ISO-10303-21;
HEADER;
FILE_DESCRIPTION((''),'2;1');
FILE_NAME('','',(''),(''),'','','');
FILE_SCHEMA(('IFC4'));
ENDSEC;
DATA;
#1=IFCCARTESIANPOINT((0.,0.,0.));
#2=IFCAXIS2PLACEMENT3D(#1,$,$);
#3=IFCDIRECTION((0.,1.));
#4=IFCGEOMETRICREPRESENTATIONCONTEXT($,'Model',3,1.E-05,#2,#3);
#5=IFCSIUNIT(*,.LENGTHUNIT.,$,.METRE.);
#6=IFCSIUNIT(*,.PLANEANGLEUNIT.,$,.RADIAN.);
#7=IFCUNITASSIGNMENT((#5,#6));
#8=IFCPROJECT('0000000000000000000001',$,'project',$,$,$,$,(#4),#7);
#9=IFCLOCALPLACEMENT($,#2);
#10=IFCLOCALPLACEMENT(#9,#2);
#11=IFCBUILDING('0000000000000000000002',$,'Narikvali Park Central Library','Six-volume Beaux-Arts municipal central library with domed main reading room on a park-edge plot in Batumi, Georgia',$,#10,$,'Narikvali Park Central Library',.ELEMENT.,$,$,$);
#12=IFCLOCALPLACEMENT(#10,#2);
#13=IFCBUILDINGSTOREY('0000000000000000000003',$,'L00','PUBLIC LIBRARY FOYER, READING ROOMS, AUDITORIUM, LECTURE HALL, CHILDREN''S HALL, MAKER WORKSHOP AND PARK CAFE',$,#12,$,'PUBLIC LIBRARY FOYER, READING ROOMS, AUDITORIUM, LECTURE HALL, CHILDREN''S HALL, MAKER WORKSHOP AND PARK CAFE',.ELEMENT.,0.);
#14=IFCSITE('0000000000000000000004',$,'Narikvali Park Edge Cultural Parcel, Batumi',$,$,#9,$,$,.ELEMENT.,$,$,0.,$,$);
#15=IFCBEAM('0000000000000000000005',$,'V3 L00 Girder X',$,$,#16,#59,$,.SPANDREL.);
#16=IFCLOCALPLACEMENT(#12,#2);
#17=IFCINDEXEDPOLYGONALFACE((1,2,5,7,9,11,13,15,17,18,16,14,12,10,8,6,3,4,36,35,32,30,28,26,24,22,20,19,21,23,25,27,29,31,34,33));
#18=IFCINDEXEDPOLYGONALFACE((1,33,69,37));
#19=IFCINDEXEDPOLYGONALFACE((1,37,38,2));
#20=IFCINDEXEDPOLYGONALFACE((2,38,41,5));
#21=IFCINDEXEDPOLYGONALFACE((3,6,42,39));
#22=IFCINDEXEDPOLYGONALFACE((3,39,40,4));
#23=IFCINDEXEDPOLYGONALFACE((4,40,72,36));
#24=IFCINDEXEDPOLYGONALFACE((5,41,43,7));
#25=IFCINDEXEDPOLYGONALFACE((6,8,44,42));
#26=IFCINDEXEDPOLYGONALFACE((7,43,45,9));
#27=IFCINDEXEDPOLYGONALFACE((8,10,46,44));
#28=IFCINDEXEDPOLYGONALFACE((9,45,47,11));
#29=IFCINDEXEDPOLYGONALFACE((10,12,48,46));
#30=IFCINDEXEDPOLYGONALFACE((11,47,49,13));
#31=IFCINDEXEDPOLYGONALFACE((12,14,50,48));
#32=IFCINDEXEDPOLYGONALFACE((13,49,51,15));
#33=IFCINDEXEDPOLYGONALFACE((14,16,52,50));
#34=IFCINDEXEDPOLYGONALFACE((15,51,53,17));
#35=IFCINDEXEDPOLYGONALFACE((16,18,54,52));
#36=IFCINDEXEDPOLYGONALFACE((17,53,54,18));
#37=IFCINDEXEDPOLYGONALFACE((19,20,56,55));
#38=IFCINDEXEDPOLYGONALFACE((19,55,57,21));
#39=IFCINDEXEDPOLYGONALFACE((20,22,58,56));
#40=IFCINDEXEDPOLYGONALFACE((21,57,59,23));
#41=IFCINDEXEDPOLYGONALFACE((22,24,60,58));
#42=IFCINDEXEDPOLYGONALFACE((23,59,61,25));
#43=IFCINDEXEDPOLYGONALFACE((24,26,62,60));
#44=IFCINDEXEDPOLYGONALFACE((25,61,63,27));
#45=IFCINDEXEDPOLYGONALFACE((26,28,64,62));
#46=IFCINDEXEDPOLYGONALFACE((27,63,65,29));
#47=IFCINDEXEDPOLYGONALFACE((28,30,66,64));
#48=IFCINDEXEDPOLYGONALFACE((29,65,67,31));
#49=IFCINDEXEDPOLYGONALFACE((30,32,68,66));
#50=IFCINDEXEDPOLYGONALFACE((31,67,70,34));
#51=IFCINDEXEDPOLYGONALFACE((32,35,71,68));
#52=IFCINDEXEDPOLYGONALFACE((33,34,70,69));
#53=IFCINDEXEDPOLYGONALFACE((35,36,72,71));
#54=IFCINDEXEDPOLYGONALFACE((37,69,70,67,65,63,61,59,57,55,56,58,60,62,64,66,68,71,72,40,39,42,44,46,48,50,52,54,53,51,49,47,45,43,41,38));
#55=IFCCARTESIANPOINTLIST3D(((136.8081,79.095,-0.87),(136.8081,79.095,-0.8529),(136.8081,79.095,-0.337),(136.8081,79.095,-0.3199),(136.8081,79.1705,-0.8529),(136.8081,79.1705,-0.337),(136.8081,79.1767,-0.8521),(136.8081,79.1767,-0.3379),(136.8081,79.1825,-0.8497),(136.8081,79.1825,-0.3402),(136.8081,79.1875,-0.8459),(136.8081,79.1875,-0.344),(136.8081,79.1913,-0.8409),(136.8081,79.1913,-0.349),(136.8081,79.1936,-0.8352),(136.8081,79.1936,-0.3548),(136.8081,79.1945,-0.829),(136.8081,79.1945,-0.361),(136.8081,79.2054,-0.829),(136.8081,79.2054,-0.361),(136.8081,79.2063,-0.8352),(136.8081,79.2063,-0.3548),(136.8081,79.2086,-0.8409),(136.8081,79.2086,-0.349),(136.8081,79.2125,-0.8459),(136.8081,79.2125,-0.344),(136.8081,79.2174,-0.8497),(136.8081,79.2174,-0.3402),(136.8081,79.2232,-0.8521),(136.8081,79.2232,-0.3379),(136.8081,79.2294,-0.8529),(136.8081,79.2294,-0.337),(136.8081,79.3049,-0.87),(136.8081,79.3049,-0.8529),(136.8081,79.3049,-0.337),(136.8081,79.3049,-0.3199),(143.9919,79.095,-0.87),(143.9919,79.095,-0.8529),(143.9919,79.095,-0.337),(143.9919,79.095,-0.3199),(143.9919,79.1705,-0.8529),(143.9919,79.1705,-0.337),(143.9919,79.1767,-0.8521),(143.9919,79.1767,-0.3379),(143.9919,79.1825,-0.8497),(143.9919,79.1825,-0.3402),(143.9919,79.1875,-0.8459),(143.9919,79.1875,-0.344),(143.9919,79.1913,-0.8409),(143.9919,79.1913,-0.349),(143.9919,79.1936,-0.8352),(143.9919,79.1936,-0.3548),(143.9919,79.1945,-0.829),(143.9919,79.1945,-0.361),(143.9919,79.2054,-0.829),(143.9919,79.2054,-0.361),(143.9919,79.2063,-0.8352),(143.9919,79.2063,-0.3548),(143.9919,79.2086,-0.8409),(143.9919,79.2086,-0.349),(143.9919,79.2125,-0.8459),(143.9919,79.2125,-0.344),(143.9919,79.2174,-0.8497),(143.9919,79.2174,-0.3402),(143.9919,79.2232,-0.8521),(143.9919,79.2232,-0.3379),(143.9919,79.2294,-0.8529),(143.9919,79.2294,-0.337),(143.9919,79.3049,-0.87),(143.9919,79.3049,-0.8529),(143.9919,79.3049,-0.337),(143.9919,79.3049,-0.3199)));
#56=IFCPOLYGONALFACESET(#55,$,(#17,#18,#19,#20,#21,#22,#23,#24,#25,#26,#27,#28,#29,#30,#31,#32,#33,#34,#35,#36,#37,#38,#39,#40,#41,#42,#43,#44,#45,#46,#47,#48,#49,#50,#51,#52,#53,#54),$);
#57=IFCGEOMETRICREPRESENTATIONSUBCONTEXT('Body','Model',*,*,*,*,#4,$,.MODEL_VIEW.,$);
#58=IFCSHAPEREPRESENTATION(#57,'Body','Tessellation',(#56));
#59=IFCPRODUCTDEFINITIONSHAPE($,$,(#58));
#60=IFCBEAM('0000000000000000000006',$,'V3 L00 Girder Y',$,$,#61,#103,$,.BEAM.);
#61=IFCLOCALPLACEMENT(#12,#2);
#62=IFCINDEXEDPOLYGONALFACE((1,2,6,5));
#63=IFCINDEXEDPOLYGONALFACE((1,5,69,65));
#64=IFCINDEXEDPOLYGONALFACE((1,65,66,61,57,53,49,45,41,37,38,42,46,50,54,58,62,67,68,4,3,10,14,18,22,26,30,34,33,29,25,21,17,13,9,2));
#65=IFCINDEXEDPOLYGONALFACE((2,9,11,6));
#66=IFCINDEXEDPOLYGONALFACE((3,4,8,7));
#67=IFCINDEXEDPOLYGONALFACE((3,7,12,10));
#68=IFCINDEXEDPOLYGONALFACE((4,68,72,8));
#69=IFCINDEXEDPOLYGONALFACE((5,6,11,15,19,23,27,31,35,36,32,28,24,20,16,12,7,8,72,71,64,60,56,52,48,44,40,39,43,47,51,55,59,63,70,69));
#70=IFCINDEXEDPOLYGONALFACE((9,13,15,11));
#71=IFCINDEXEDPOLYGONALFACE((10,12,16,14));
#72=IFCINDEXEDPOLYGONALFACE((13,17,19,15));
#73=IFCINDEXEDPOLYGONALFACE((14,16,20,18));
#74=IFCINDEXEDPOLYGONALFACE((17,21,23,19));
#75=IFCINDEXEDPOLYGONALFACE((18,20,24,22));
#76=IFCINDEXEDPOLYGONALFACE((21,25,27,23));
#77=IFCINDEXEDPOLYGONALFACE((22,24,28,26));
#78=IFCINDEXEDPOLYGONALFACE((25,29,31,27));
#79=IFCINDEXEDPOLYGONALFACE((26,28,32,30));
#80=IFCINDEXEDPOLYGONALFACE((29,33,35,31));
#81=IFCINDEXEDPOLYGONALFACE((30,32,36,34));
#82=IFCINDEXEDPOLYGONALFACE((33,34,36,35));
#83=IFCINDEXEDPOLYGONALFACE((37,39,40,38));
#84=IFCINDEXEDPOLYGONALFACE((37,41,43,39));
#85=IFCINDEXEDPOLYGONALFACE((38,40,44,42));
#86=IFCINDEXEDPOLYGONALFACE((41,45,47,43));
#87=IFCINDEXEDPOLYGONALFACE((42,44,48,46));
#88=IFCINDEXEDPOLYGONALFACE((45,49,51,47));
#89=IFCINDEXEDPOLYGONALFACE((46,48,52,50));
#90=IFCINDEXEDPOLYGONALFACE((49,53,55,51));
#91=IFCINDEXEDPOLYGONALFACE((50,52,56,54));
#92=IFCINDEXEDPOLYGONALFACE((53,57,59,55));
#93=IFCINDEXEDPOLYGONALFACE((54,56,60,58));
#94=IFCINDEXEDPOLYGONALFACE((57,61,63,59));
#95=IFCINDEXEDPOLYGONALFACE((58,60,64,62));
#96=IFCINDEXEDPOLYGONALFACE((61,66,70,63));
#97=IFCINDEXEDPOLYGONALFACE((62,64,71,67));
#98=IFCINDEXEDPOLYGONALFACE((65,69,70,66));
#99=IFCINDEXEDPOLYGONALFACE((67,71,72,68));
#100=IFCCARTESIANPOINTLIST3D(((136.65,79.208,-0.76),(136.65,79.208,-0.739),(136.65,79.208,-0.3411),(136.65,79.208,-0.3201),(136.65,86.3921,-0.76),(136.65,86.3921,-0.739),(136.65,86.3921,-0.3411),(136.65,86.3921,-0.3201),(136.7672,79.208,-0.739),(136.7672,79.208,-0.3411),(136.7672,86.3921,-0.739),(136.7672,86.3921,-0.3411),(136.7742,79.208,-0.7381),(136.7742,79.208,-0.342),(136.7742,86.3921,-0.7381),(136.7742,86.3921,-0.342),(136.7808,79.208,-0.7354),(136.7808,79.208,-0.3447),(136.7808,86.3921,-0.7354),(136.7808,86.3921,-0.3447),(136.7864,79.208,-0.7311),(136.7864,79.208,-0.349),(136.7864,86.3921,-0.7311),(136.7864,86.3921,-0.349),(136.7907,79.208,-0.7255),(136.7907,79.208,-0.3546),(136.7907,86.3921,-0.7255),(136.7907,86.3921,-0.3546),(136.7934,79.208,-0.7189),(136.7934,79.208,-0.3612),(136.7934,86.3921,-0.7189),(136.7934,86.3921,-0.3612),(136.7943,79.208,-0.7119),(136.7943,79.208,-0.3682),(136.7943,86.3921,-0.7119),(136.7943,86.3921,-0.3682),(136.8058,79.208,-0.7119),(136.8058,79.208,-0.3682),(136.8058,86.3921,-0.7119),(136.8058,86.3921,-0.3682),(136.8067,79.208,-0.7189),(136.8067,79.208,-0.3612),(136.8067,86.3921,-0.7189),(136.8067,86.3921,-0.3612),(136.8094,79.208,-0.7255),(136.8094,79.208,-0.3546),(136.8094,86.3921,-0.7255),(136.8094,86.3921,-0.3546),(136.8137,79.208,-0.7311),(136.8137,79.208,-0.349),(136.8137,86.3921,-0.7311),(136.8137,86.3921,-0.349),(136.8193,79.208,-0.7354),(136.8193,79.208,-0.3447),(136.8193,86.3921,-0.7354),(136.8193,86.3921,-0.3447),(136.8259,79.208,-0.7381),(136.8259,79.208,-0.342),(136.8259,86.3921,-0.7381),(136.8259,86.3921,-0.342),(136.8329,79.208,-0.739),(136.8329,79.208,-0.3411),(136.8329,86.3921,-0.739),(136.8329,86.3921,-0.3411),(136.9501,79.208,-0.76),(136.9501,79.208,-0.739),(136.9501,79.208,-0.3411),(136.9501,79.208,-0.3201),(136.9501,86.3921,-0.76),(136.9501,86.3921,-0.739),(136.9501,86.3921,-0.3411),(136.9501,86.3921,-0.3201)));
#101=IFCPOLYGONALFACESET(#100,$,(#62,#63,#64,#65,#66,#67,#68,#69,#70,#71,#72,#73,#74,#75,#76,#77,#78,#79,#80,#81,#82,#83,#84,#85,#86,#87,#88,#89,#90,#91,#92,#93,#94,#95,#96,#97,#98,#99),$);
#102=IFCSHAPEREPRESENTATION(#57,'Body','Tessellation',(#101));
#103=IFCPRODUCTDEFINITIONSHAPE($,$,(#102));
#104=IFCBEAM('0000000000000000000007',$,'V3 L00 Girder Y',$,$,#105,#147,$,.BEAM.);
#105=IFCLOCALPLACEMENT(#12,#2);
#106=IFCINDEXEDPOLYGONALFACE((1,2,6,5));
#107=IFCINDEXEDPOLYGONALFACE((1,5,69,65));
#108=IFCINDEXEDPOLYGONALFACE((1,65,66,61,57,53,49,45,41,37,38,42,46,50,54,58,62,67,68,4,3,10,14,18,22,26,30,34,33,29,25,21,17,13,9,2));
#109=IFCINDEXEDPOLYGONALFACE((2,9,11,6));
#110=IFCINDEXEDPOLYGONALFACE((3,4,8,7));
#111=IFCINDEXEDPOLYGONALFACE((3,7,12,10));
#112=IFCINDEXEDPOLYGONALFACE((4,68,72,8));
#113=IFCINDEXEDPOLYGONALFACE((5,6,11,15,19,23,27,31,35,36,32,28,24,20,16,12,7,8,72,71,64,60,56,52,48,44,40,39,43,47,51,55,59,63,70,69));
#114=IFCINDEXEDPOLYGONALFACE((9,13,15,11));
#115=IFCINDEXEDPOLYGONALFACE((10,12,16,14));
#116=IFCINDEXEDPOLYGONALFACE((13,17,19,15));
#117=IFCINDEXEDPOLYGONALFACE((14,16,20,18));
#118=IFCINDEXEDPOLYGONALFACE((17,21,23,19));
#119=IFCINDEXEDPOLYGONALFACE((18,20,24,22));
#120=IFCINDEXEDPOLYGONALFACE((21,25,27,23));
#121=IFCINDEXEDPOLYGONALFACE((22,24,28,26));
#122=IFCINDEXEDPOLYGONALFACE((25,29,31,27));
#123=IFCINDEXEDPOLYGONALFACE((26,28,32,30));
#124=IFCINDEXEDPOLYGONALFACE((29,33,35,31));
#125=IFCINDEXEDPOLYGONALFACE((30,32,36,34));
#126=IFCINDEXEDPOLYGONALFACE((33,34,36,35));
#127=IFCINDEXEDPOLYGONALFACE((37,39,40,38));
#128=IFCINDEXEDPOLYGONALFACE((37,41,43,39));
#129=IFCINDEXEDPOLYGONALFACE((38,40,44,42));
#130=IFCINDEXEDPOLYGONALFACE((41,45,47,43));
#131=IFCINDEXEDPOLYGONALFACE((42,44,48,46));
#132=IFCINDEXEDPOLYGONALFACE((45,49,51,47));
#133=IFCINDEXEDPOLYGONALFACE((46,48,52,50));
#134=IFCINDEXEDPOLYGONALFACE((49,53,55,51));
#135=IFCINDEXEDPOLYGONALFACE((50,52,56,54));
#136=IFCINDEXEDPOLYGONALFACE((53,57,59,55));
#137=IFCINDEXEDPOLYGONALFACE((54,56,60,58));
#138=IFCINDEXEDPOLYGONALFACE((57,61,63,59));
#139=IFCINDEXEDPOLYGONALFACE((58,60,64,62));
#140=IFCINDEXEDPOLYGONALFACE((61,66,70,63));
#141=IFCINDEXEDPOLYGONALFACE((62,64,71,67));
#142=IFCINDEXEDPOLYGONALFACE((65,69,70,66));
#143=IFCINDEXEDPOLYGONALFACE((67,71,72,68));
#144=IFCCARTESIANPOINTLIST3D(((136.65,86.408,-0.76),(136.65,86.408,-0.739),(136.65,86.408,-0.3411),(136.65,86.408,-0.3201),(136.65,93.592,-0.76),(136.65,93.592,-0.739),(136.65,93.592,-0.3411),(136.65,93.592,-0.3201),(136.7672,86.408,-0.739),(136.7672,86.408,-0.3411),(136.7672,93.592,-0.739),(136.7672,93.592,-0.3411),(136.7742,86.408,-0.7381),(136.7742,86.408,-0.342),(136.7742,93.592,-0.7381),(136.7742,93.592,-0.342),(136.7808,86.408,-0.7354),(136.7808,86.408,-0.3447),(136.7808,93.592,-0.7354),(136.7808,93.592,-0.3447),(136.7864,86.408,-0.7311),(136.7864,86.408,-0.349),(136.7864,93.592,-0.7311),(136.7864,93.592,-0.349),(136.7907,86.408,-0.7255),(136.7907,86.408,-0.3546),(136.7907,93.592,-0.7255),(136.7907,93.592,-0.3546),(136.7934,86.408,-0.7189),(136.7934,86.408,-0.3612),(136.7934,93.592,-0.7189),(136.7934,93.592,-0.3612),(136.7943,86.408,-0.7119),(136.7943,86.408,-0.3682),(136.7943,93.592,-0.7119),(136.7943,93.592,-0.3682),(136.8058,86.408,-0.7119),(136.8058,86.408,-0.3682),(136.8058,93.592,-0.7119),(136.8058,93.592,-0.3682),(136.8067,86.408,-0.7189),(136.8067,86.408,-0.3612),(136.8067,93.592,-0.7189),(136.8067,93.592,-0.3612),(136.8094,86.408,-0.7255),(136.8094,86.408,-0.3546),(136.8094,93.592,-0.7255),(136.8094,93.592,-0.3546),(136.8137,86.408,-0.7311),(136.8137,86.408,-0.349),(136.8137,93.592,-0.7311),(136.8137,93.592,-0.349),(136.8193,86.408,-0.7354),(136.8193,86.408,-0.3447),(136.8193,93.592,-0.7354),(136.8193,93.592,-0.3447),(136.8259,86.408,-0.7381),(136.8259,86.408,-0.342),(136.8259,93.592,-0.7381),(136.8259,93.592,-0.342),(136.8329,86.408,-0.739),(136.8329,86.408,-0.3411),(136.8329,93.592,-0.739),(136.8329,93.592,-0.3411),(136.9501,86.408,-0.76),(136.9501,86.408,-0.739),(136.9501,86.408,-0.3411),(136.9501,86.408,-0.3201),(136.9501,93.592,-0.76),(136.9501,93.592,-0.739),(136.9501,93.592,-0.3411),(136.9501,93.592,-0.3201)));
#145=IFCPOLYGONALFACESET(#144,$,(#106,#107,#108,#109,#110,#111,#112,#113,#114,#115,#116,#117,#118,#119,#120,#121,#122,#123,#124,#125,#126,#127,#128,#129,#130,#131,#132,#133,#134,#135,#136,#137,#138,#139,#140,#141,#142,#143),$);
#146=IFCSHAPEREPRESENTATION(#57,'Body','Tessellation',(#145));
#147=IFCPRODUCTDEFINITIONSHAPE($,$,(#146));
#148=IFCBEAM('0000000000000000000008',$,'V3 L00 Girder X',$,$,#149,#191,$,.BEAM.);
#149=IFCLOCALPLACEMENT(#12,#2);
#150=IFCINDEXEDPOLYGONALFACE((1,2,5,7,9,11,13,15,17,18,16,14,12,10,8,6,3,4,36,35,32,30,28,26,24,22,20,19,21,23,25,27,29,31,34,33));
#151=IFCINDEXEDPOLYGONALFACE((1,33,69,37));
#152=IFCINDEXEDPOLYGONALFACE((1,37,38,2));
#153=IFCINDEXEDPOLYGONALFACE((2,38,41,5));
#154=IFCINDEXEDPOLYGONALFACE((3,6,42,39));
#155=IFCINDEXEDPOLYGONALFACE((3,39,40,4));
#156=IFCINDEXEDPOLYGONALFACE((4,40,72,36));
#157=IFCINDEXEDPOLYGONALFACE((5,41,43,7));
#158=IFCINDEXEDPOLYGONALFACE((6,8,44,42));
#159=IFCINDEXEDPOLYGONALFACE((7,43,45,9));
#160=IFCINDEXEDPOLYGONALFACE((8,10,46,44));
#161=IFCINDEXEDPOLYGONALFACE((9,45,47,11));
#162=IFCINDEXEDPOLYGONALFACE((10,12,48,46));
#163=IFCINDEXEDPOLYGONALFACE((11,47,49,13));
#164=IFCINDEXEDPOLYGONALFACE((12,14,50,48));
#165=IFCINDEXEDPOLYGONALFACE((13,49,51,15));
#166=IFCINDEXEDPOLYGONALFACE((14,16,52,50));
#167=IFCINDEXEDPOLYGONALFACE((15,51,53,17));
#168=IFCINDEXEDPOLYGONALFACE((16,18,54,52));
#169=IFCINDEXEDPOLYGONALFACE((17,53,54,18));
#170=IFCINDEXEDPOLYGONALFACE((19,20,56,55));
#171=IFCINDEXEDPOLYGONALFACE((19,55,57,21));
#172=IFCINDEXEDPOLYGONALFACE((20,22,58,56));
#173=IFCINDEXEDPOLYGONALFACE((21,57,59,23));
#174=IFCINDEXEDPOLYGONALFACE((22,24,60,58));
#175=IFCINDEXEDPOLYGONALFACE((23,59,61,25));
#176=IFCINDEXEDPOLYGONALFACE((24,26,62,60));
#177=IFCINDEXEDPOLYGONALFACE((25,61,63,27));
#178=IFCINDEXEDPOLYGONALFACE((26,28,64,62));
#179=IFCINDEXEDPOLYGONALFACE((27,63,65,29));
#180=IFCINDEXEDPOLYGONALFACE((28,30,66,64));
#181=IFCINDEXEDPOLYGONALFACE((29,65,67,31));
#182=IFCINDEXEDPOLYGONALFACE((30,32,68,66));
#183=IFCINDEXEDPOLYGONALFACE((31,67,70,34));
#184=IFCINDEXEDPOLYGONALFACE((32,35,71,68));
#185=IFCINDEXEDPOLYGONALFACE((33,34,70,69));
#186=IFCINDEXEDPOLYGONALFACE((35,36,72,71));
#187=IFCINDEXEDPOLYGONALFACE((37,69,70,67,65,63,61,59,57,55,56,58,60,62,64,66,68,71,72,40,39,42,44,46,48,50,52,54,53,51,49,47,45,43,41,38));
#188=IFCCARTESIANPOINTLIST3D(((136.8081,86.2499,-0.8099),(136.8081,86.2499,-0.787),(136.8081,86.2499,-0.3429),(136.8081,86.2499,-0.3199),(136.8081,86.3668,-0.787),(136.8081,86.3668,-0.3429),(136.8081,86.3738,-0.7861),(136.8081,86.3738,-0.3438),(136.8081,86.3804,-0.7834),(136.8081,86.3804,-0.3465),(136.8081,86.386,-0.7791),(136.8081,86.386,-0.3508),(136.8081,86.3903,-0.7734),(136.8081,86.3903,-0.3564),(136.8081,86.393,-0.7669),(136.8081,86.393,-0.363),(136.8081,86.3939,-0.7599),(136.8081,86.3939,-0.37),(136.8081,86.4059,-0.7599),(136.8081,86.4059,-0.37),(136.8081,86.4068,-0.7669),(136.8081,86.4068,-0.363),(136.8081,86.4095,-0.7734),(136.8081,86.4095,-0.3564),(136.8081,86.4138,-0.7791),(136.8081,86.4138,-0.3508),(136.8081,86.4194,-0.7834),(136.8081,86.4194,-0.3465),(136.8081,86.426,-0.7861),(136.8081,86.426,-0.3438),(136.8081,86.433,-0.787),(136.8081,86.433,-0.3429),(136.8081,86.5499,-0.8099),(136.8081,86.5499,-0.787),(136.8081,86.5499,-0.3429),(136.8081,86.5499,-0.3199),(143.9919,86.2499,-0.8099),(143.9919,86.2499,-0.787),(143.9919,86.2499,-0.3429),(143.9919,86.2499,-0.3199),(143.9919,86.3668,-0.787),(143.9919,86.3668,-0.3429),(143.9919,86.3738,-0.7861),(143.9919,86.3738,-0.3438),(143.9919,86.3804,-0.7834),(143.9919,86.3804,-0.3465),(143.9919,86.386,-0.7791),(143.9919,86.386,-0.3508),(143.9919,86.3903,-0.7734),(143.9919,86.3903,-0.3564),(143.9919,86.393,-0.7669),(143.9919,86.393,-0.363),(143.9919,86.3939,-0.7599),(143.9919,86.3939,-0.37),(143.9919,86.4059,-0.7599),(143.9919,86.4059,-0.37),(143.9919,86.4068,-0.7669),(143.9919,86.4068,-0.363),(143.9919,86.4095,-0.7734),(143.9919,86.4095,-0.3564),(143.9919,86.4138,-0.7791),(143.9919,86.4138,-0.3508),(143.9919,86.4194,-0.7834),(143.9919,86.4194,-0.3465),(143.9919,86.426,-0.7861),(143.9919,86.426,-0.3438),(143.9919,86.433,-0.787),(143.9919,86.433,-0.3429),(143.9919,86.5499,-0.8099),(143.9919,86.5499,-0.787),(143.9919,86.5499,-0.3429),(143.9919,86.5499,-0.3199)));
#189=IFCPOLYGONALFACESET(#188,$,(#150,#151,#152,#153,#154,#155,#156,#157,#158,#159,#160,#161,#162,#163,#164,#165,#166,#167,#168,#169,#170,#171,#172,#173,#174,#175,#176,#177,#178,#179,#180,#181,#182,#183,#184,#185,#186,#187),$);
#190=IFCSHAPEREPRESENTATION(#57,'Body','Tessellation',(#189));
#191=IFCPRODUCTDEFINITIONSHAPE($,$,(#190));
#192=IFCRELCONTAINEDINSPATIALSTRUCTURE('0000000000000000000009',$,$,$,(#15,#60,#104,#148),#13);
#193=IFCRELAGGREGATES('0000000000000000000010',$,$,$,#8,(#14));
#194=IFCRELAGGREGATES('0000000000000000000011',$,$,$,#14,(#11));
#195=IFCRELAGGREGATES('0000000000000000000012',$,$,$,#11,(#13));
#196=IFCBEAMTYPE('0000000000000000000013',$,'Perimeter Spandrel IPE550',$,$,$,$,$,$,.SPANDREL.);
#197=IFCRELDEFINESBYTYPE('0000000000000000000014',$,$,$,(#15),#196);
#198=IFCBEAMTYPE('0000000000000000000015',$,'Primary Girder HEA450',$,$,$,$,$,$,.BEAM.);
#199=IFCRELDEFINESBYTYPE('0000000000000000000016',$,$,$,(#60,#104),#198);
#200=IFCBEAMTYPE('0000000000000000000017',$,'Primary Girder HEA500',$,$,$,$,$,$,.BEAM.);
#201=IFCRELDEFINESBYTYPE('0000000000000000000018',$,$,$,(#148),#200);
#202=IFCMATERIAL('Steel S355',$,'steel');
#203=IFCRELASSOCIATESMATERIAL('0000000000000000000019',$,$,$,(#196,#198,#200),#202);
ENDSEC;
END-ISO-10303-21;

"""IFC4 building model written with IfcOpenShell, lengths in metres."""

from ifc_helpers import new_model, si_unit, direction, frame, origin, origin_2d, place, context, subcontext, project, spatial, i_section, extrude, material, material_profile, profile_set, type_object, element, save


model = new_model("IFC4")

# Units and contexts
model_context = context("Model", 3, precision=1e-05, world=origin(), true_north=direction((0.0, 1.0)))
body_context = subcontext(model_context, "Body", "Model", "MODEL_VIEW")
ifc_project = project(units=[si_unit("LENGTHUNIT", "METRE"), si_unit("PLANEANGLEUNIT", "RADIAN")], contexts=[model_context])

# Site, building, storey
site_placement = place(None, origin())
site = spatial("IfcSite", under=ifc_project, at=site_placement, Name="Narikvali Park Edge Cultural Parcel, Batumi", CompositionType="ELEMENT", RefElevation=0.0)
building_placement = place(site_placement, origin())
building = spatial("IfcBuilding", under=site, at=building_placement, Name="Narikvali Park Central Library", Description="Six-volume Beaux-Arts municipal central library with domed main reading room on a park-edge plot in Batumi, Georgia", LongName="Narikvali Park Central Library", CompositionType="ELEMENT")
storey_placement = place(building_placement, origin())
storey = spatial("IfcBuildingStorey", under=building, at=storey_placement, Name="L00", Description="PUBLIC LIBRARY FOYER, READING ROOMS, AUDITORIUM, LECTURE HALL, CHILDREN'S HALL, MAKER WORKSHOP AND PARK CAFE", LongName="PUBLIC LIBRARY FOYER, READING ROOMS, AUDITORIUM, LECTURE HALL, CHILDREN'S HALL, MAKER WORKSHOP AND PARK CAFE", CompositionType="ELEMENT", Elevation=0.0)

# Shared definitions
ifc_material_1 = material(Name="Steel S355", Category="steel")

# Beams
ifc_material_profile_1 = material_profile(ifc_material_1, i_section(OverallWidth=0.21, OverallDepth=0.55, WebThickness=0.011, FlangeThickness=0.0171, FilletRadius=0.0239, at=origin_2d()), Name="IPE 550")
ifc_profile_set_1 = profile_set([ifc_material_profile_1], Name="Steel S355")
beam_type_1 = type_object("IfcBeamType", Name="Perimeter Spandrel IPE550", PredefinedType="SPANDREL", material=ifc_profile_set_1)
beam_1_placement = place(storey_placement, frame((136.8081, 79.2, -0.595), z_axis=(1.0, 0.0, 0.0), x_axis=(0.0, 1.0, 0.0)))
element("IfcBeam", 1, at=beam_1_placement, inside=storey, type_object=beam_type_1, Name="V3 L00 Girder X", PredefinedType="SPANDREL", context=body_context, shape_type="SweptSolid", body=[
    extrude(i_section(OverallWidth=0.21, OverallDepth=0.55, WebThickness=0.011, FlangeThickness=0.0171, FilletRadius=0.0239, at=origin_2d()), origin(), (0.0, 0.0, 1.0), 7.1838),
])
ifc_material_profile_2 = material_profile(ifc_material_1, i_section(OverallWidth=0.3, OverallDepth=0.4399, WebThickness=0.0115, FlangeThickness=0.021, FilletRadius=0.0271, at=origin_2d()), Name="HEA 450")
ifc_profile_set_2 = profile_set([ifc_material_profile_2], Name="Steel S355")
beam_type_2 = type_object("IfcBeamType", Name="Primary Girder HEA450", PredefinedType="BEAM", material=ifc_profile_set_2)
for number, where, z_axis, x_axis, name in (
    (2, (136.8, 79.208, -0.54), (0.0, 1.0, 0.0), (-1.0, 0.0, 0.0), "V3 L00 Girder Y"),
    (3, (136.8, 86.408, -0.54), (0.0, 1.0, 0.0), (-1.0, 0.0, 0.0), "V3 L00 Girder Y"),
):
    element("IfcBeam", number, at=place(storey_placement, frame(where, z_axis=z_axis, x_axis=x_axis)), inside=storey, type_object=beam_type_2, Name=name, PredefinedType="BEAM", context=body_context, shape_type="SweptSolid", body=[
        extrude(i_section(OverallWidth=0.3, OverallDepth=0.4399, WebThickness=0.0115, FlangeThickness=0.021, FilletRadius=0.0271, at=origin_2d()), origin(), (0.0, 0.0, 1.0), 7.1841),
    ])
ifc_material_profile_3 = material_profile(ifc_material_1, i_section(OverallWidth=0.3, OverallDepth=0.49, WebThickness=0.012, FlangeThickness=0.0229, FilletRadius=0.0271, at=origin_2d()), Name="HEA 500")
ifc_profile_set_3 = profile_set([ifc_material_profile_3], Name="Steel S355")
beam_type_3 = type_object("IfcBeamType", Name="Primary Girder HEA500", PredefinedType="BEAM", material=ifc_profile_set_3)
beam_2_placement = place(storey_placement, frame((136.8081, 86.3999, -0.5649), z_axis=(1.0, 0.0, 0.0), x_axis=(0.0, 1.0, 0.0)))
element("IfcBeam", 4, at=beam_2_placement, inside=storey, type_object=beam_type_3, Name="V3 L00 Girder X", PredefinedType="BEAM", context=body_context, shape_type="SweptSolid", body=[
    extrude(i_section(OverallWidth=0.3, OverallDepth=0.49, WebThickness=0.012, FlangeThickness=0.0229, FilletRadius=0.0271, at=origin_2d()), origin(), (0.0, 0.0, 1.0), 7.1838),
])

save(model, "model.ifc")
